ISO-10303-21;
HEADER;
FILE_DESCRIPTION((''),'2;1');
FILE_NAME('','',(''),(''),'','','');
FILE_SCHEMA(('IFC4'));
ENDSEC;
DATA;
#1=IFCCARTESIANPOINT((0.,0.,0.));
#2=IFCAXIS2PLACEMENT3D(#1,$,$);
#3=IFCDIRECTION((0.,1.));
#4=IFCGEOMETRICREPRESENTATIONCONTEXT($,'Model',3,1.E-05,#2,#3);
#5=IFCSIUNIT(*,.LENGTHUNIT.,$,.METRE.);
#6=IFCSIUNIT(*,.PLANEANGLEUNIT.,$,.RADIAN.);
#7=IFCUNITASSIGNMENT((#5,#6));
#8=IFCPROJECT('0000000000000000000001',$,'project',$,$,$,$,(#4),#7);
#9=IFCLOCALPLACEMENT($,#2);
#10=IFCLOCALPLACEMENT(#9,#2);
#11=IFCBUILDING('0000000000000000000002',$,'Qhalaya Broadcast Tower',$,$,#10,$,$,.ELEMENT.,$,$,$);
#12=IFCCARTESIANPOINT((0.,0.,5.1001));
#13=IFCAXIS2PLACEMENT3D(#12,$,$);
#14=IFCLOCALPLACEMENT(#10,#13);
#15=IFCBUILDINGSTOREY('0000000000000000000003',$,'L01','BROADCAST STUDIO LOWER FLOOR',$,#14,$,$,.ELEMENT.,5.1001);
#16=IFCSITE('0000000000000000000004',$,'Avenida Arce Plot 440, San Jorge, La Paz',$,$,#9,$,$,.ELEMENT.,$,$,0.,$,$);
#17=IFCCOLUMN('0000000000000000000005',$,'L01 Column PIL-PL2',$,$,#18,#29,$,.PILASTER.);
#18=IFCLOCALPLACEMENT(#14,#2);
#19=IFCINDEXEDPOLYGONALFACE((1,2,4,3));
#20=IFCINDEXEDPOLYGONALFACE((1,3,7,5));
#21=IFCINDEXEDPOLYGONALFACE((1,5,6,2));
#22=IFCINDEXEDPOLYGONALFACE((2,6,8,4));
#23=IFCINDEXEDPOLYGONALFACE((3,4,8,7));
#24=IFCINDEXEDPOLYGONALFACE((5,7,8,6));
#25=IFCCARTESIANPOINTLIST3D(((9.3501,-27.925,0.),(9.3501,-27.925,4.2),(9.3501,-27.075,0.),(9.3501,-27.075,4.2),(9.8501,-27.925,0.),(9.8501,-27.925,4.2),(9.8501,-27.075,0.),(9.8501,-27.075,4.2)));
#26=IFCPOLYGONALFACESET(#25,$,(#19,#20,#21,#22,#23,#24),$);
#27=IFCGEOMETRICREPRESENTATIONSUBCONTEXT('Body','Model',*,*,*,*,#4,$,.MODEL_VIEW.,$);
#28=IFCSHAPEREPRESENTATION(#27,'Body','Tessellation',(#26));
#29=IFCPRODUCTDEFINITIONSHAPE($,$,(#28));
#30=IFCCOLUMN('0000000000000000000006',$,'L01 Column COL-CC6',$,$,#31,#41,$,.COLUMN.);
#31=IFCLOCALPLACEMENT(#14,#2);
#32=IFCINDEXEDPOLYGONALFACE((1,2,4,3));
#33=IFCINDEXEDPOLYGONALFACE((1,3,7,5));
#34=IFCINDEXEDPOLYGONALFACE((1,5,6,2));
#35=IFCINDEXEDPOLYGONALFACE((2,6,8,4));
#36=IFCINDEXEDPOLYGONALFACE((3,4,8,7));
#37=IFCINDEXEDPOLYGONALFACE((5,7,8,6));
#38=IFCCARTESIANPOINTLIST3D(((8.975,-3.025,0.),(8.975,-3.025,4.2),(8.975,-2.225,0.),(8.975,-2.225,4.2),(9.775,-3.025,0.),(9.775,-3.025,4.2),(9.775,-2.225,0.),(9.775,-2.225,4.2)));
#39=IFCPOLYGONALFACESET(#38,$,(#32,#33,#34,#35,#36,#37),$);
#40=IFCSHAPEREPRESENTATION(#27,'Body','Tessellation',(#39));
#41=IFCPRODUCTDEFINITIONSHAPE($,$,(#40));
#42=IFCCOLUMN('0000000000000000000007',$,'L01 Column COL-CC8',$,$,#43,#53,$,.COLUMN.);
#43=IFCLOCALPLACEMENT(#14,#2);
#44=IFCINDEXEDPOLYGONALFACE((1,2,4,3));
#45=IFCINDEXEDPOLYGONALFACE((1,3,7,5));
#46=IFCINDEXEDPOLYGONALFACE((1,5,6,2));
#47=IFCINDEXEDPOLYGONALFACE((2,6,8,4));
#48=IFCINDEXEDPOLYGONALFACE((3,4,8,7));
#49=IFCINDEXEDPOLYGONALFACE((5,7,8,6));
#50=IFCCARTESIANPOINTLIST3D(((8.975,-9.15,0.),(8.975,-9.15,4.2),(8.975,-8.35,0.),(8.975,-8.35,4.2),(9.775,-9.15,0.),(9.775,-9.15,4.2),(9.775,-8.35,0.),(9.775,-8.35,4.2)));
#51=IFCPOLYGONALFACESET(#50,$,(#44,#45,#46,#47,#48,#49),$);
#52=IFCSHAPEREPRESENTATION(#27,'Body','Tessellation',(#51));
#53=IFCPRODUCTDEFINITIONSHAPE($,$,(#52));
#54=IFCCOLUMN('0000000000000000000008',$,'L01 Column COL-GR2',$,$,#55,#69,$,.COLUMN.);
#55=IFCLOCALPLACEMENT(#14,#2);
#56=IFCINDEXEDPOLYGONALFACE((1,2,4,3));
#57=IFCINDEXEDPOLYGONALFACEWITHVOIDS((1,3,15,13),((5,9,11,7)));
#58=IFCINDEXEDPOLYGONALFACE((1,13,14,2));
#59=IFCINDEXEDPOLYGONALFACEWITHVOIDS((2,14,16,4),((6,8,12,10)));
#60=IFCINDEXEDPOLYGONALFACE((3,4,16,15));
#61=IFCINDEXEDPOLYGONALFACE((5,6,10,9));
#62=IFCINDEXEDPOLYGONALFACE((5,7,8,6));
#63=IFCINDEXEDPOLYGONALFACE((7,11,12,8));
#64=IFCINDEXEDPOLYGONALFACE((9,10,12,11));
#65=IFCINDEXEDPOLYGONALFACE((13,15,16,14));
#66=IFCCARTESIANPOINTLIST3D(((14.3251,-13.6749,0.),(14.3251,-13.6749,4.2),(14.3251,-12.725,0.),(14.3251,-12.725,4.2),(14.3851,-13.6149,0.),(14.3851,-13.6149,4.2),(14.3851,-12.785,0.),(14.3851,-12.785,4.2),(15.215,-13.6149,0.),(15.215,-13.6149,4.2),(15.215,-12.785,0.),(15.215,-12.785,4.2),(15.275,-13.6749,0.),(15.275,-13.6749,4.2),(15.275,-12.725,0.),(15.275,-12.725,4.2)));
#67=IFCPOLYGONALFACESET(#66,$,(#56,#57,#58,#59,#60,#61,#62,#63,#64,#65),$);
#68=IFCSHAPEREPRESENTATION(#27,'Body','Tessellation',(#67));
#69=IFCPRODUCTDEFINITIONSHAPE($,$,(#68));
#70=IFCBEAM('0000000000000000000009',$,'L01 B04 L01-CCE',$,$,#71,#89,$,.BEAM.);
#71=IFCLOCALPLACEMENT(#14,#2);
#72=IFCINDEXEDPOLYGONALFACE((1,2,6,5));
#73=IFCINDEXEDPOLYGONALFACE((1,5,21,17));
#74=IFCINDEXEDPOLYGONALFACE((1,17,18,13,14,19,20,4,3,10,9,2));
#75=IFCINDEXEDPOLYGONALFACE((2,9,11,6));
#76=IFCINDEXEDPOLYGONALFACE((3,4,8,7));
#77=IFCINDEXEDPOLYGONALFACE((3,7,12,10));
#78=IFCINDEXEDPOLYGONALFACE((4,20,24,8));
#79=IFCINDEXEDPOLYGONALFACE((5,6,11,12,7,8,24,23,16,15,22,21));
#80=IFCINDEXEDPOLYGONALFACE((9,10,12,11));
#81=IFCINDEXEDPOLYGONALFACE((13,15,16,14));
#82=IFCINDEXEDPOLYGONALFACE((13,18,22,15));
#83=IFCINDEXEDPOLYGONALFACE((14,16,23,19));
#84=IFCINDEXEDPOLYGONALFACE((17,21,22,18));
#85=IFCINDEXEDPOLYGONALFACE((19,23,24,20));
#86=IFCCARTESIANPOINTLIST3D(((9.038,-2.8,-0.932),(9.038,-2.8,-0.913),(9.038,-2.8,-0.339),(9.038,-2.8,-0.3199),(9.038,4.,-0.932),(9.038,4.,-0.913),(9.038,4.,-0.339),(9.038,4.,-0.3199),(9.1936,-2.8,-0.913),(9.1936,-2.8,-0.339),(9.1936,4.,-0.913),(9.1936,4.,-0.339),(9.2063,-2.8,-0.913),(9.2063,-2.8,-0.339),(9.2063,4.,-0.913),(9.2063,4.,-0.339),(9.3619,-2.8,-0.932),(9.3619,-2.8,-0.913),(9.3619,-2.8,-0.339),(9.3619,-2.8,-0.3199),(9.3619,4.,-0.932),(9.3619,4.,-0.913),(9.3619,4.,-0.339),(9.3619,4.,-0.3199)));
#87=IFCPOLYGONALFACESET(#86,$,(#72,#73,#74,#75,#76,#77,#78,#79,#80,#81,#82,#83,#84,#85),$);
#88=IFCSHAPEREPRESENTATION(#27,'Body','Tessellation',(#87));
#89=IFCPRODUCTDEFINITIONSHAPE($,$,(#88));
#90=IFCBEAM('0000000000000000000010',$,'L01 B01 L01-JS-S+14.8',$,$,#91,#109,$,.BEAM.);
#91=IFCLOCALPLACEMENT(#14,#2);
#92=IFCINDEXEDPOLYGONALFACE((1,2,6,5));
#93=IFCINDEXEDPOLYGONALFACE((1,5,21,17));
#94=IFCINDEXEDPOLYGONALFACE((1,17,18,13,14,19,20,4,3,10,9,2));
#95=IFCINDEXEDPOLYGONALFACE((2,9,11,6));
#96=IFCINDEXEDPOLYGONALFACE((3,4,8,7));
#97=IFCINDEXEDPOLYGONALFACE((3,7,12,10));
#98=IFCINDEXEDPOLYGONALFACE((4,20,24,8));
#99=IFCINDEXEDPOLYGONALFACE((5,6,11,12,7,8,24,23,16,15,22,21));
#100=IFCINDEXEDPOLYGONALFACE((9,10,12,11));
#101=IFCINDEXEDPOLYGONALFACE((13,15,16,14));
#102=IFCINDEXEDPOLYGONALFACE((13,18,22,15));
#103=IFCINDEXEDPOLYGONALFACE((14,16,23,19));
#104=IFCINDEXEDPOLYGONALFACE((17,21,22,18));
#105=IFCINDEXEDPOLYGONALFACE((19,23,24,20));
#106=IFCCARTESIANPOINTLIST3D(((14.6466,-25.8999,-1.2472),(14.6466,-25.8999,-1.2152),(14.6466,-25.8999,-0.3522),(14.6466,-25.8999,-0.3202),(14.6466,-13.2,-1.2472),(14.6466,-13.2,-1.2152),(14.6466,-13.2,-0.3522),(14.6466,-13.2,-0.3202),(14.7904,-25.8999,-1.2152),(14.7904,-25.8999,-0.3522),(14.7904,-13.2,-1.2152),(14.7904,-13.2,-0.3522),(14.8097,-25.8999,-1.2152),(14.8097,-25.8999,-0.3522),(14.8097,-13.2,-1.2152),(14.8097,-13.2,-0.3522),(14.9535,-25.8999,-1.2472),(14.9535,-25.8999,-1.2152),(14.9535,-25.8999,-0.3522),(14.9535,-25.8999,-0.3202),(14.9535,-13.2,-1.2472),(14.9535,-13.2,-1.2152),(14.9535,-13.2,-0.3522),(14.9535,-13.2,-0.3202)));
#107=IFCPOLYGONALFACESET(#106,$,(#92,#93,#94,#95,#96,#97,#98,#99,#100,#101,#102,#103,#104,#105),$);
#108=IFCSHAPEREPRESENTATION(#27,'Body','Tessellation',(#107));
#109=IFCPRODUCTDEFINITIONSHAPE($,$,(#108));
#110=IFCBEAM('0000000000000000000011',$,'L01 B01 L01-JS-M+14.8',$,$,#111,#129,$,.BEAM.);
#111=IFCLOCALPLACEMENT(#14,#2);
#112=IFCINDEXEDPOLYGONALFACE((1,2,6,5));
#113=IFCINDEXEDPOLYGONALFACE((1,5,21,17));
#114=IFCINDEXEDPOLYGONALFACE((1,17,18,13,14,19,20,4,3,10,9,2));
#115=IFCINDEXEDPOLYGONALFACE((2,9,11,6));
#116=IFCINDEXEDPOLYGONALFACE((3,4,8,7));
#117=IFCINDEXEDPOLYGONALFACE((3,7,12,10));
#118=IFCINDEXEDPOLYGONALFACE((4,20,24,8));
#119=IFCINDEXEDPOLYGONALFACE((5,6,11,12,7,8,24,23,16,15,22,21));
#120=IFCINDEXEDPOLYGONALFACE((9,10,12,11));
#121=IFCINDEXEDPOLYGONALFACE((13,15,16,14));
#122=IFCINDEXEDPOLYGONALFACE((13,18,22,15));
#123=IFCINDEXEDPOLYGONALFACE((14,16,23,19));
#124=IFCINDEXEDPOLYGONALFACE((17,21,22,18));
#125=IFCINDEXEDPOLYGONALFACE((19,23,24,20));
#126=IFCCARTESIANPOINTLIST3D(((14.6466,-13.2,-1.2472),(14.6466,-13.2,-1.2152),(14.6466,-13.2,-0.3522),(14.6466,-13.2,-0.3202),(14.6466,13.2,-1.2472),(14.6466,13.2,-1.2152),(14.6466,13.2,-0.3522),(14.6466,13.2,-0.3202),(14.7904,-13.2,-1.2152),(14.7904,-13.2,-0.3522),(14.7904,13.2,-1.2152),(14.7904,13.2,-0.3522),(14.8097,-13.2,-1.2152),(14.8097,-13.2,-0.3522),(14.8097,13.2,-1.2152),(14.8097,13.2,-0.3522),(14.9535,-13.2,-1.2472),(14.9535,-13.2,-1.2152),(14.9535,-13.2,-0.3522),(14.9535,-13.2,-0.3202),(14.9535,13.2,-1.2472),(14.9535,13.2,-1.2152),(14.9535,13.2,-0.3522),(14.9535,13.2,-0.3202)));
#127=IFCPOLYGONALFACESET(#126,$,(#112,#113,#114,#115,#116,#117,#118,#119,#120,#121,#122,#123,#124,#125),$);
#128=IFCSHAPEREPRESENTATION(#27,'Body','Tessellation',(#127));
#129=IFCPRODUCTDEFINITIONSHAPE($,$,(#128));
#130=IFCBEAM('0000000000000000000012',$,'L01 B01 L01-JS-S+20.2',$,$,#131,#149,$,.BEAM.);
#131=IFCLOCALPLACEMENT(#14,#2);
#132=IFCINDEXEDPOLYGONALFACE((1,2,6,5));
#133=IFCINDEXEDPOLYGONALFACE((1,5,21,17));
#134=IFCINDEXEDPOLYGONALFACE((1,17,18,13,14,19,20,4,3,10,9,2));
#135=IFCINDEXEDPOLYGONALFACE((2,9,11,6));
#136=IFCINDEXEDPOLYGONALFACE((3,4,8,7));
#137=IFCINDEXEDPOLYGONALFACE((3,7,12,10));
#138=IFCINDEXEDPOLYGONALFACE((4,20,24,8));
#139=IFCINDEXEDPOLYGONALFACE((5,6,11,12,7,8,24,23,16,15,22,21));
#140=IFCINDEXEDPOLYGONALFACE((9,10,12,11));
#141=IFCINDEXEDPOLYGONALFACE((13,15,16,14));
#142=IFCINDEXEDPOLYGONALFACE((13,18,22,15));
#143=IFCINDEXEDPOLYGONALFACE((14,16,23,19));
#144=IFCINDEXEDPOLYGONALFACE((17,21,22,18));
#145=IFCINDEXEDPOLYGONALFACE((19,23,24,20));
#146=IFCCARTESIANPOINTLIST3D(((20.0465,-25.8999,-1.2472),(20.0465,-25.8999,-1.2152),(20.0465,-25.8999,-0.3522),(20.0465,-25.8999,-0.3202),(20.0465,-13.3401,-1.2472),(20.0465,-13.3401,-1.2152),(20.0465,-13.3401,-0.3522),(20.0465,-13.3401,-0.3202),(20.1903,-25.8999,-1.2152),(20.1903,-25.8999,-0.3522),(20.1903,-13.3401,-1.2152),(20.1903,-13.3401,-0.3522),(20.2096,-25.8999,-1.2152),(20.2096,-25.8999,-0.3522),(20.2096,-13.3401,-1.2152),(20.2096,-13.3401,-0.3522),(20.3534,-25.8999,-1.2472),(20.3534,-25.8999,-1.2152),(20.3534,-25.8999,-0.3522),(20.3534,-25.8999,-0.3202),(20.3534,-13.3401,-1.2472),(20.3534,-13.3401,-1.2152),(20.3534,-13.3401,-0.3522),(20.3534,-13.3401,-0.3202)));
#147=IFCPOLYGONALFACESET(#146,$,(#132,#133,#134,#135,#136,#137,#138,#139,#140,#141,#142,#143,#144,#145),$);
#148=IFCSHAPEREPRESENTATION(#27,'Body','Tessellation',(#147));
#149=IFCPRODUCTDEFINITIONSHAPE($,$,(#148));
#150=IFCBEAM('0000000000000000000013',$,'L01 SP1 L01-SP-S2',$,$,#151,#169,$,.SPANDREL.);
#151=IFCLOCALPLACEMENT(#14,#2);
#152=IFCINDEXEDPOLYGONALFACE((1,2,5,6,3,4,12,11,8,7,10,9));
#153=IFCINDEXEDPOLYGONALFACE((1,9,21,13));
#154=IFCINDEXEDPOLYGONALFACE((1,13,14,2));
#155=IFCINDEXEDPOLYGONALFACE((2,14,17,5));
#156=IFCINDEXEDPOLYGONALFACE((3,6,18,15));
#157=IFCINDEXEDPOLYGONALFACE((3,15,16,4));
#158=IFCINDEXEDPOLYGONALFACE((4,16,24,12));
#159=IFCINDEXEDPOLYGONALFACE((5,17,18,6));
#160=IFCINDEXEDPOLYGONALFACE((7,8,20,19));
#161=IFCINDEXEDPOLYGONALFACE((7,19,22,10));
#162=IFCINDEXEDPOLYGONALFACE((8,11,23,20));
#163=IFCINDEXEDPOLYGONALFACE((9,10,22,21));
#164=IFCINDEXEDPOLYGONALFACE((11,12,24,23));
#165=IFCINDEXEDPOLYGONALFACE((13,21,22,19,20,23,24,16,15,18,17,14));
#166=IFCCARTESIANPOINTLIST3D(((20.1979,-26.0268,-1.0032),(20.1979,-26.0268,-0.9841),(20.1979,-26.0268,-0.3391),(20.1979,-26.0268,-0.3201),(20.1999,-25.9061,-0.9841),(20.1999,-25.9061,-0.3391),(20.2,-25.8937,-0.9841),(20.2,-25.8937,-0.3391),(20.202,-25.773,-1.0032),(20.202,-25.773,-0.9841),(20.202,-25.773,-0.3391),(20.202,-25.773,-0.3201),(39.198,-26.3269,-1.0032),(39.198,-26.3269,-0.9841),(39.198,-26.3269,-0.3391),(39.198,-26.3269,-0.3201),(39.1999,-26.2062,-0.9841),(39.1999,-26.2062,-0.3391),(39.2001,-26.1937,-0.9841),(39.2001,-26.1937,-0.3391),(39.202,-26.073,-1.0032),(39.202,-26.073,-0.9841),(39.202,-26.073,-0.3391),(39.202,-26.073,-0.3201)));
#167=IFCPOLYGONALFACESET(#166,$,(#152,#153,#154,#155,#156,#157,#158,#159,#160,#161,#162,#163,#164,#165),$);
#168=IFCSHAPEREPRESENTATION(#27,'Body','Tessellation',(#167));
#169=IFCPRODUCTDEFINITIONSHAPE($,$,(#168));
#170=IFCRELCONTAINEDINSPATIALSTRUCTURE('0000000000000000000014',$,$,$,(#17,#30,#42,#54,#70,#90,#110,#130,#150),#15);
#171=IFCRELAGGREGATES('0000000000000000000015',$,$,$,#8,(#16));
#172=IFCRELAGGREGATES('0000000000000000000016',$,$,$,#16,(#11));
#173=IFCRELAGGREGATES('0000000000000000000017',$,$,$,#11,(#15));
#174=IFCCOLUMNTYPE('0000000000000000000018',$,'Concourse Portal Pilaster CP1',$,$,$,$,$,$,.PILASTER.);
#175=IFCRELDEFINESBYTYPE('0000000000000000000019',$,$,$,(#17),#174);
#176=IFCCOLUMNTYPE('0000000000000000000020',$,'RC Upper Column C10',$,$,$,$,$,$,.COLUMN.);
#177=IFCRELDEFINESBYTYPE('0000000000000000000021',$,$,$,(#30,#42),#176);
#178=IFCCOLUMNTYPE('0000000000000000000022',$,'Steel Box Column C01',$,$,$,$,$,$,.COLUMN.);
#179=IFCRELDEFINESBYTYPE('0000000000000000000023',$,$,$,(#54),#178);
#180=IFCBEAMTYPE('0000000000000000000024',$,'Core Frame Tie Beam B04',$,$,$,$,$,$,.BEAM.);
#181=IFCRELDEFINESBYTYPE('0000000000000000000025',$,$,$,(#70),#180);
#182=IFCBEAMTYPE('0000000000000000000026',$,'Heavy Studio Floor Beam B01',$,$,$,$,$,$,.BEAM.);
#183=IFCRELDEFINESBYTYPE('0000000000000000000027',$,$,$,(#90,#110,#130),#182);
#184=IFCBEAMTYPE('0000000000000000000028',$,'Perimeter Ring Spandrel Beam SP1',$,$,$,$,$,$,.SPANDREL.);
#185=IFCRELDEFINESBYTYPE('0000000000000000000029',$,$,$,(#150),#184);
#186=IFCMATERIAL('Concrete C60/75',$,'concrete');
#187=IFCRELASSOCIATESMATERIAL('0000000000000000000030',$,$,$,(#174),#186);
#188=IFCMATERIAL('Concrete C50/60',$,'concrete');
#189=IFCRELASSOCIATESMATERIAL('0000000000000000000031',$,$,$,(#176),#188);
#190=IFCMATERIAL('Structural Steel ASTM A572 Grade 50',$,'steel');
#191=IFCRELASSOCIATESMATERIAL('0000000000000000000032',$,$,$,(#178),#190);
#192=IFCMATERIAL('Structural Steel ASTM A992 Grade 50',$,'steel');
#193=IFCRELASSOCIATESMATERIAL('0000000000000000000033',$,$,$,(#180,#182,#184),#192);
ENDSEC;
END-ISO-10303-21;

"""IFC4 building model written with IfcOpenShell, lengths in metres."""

from ifc_helpers import new_model, si_unit, direction, frame, origin, origin_2d, place, context, subcontext, project, spatial, rectangle, hollow_rectangle, i_section, extrude, material, material_profile, profile_set, type_object, element, save


model = new_model("IFC4")

# Units and contexts
model_context = context("Model", 3, precision=1e-05, world=origin(), true_north=direction((0.0, 1.0)))
body_context = subcontext(model_context, "Body", "Model", "MODEL_VIEW")
ifc_project = project(units=[si_unit("LENGTHUNIT", "METRE"), si_unit("PLANEANGLEUNIT", "RADIAN")], contexts=[model_context])

# Site, building, storey
site_placement = place(None, origin())
site = spatial("IfcSite", under=ifc_project, at=site_placement, Name="Avenida Arce Plot 440, San Jorge, La Paz", CompositionType="ELEMENT", RefElevation=0.0)
building_placement = place(site_placement, origin())
building = spatial("IfcBuilding", under=site, at=building_placement, Name="Qhalaya Broadcast Tower", CompositionType="ELEMENT")
storey_placement = place(building_placement, frame((0.0, 0.0, 5.1001)))
storey = spatial("IfcBuildingStorey", under=building, at=storey_placement, Name="L01", Description="BROADCAST STUDIO LOWER FLOOR", CompositionType="ELEMENT", Elevation=5.1001)

# Columns
ifc_material_1 = material(Name="Concrete C60/75", Category="concrete")
ifc_material_profile_1 = material_profile(ifc_material_1, rectangle(XDim=0.5, YDim=0.8501, at=origin_2d()), Name="RC-PIL 500x850")
ifc_profile_set_1 = profile_set([ifc_material_profile_1], Name="Concrete C60/75")
column_type_1 = type_object("IfcColumnType", Name="Concourse Portal Pilaster CP1", PredefinedType="PILASTER", material=ifc_profile_set_1)
column_1_placement = place(storey_placement, frame((9.6001, -27.5, 0.0), z_axis=(0.0, 0.0, 1.0), x_axis=(1.0, 0.0, 0.0)))
element("IfcColumn", 1, at=column_1_placement, inside=storey, type_object=column_type_1, Name="L01 Column PIL-PL2", PredefinedType="PILASTER", context=body_context, shape_type="SweptSolid", body=[
    extrude(rectangle(XDim=0.5, YDim=0.8501, at=origin_2d()), origin(), (0.0, 0.0, 1.0), 4.2),
])
ifc_material_2 = material(Name="Concrete C50/60", Category="concrete")
ifc_material_profile_2 = material_profile(ifc_material_2, rectangle(XDim=0.8, YDim=0.8, at=origin_2d()), Name="RC-COL 800x800")
ifc_profile_set_2 = profile_set([ifc_material_profile_2], Name="Concrete C50/60")
column_type_2 = type_object("IfcColumnType", Name="RC Upper Column C10", PredefinedType="COLUMN", material=ifc_profile_set_2)
for number, where, z_axis, x_axis, name in (
    (2, (9.375, -2.625, 0.0), (0.0, 0.0, 1.0), (1.0, 0.0, 0.0), "L01 Column COL-CC6"),
    (3, (9.375, -8.75, 0.0), (0.0, 0.0, 1.0), (1.0, 0.0, 0.0), "L01 Column COL-CC8"),
):
    element("IfcColumn", number, at=place(storey_placement, frame(where, z_axis=z_axis, x_axis=x_axis)), inside=storey, type_object=column_type_2, Name=name, PredefinedType="COLUMN", context=body_context, shape_type="SweptSolid", body=[
        extrude(rectangle(XDim=0.8, YDim=0.8, at=origin_2d()), origin(), (0.0, 0.0, 1.0), 4.2),
    ])
ifc_material_3 = material(Name="Structural Steel ASTM A572 Grade 50", Category="steel")
ifc_material_profile_3 = material_profile(ifc_material_3, hollow_rectangle(XDim=0.95, YDim=0.95, WallThickness=0.0601, at=origin_2d()), Name="BOX 950x950x60")
ifc_profile_set_3 = profile_set([ifc_material_profile_3], Name="Structural Steel ASTM A572 Grade 50")
column_type_3 = type_object("IfcColumnType", Name="Steel Box Column C01", PredefinedType="COLUMN", material=ifc_profile_set_3)
column_2_placement = place(storey_placement, frame((14.8, -13.2, 0.0), z_axis=(0.0, 0.0, 1.0), x_axis=(1.0, 0.0, 0.0)))
element("IfcColumn", 4, at=column_2_placement, inside=storey, type_object=column_type_3, Name="L01 Column COL-GR2", PredefinedType="COLUMN", context=body_context, shape_type="SweptSolid", body=[
    extrude(hollow_rectangle(XDim=0.95, YDim=0.95, WallThickness=0.0601, at=origin_2d()), origin(), (0.0, 0.0, 1.0), 4.2),
])

# Beams
ifc_material_4 = material(Name="Structural Steel ASTM A992 Grade 50", Category="steel")
ifc_material_profile_4 = material_profile(ifc_material_4, i_section(OverallWidth=0.324, OverallDepth=0.6121, WebThickness=0.0127, FlangeThickness=0.019, at=origin_2d()), Name="W24X104")
ifc_profile_set_4 = profile_set([ifc_material_profile_4], Name="Structural Steel ASTM A992 Grade 50")
beam_type_1 = type_object("IfcBeamType", Name="Core Frame Tie Beam B04", PredefinedType="BEAM", material=ifc_profile_set_4)
beam_1_placement = place(storey_placement, frame((9.2, -2.8, -0.626), z_axis=(0.0, 1.0, 0.0), x_axis=(-1.0, 0.0, 0.0)))
element("IfcBeam", 5, at=beam_1_placement, inside=storey, type_object=beam_type_1, Name="L01 B04 L01-CCE", PredefinedType="BEAM", context=body_context, shape_type="SweptSolid", body=[
    extrude(i_section(OverallWidth=0.324, OverallDepth=0.6121, WebThickness=0.0127, FlangeThickness=0.019, at=origin_2d()), origin(), (0.0, 0.0, 1.0), 6.8),
])
ifc_material_profile_5 = material_profile(ifc_material_4, i_section(OverallWidth=0.3069, OverallDepth=0.927, WebThickness=0.0193, FlangeThickness=0.032, at=origin_2d()), Name="W36X194")
ifc_profile_set_5 = profile_set([ifc_material_profile_5], Name="Structural Steel ASTM A992 Grade 50")
beam_type_2 = type_object("IfcBeamType", Name="Heavy Studio Floor Beam B01", PredefinedType="BEAM", material=ifc_profile_set_5)
beam_2_placement = place(storey_placement, frame((14.8, -25.8999, -0.7837), z_axis=(0.0, 1.0, 0.0), x_axis=(-1.0, 0.0, 0.0)))
element("IfcBeam", 6, at=beam_2_placement, inside=storey, type_object=beam_type_2, Name="L01 B01 L01-JS-S+14.8", PredefinedType="BEAM", context=body_context, shape_type="SweptSolid", body=[
    extrude(i_section(OverallWidth=0.3069, OverallDepth=0.927, WebThickness=0.0193, FlangeThickness=0.032, at=origin_2d()), origin(), (0.0, 0.0, 1.0), 12.7),
])
beam_3_placement = place(storey_placement, frame((14.8, -13.2, -0.7837), z_axis=(0.0, 1.0, 0.0), x_axis=(-1.0, 0.0, 0.0)))
element("IfcBeam", 7, at=beam_3_placement, inside=storey, type_object=beam_type_2, Name="L01 B01 L01-JS-M+14.8", PredefinedType="BEAM", context=body_context, shape_type="SweptSolid", body=[
    extrude(i_section(OverallWidth=0.3069, OverallDepth=0.927, WebThickness=0.0193, FlangeThickness=0.032, at=origin_2d()), origin(), (0.0, 0.0, 1.0), 26.3999),
])
beam_4_placement = place(storey_placement, frame((20.2, -25.8999, -0.7837), z_axis=(0.0, 1.0, 0.0), x_axis=(-1.0, 0.0, 0.0)))
element("IfcBeam", 8, at=beam_4_placement, inside=storey, type_object=beam_type_2, Name="L01 B01 L01-JS-S+20.2", PredefinedType="BEAM", context=body_context, shape_type="SweptSolid", body=[
    extrude(i_section(OverallWidth=0.3069, OverallDepth=0.927, WebThickness=0.0193, FlangeThickness=0.032, at=origin_2d()), origin(), (0.0, 0.0, 1.0), 12.5598),
])
ifc_material_profile_6 = material_profile(ifc_material_4, i_section(OverallWidth=0.2539, OverallDepth=0.6831, WebThickness=0.0125, FlangeThickness=0.019, at=origin_2d()), Name="W27X94")
ifc_profile_set_6 = profile_set([ifc_material_profile_6], Name="Structural Steel ASTM A992 Grade 50")
beam_type_3 = type_object("IfcBeamType", Name="Perimeter Ring Spandrel Beam SP1", PredefinedType="SPANDREL", material=ifc_profile_set_6)
beam_5_placement = place(storey_placement, frame((20.2, -25.8999, -0.6616), z_axis=(0.999875, -0.01579, 0.0), x_axis=(0.01579, 0.999875, 0.0)))
element("IfcBeam", 9, at=beam_5_placement, inside=storey, type_object=beam_type_3, Name="L01 SP1 L01-SP-S2", PredefinedType="SPANDREL", context=body_context, shape_type="SweptSolid", body=[
    extrude(i_section(OverallWidth=0.2539, OverallDepth=0.6831, WebThickness=0.0125, FlangeThickness=0.019, at=origin_2d()), origin(), (0.0, 0.0, 1.0), 19.0024),
])

save(model, "model.ifc")
